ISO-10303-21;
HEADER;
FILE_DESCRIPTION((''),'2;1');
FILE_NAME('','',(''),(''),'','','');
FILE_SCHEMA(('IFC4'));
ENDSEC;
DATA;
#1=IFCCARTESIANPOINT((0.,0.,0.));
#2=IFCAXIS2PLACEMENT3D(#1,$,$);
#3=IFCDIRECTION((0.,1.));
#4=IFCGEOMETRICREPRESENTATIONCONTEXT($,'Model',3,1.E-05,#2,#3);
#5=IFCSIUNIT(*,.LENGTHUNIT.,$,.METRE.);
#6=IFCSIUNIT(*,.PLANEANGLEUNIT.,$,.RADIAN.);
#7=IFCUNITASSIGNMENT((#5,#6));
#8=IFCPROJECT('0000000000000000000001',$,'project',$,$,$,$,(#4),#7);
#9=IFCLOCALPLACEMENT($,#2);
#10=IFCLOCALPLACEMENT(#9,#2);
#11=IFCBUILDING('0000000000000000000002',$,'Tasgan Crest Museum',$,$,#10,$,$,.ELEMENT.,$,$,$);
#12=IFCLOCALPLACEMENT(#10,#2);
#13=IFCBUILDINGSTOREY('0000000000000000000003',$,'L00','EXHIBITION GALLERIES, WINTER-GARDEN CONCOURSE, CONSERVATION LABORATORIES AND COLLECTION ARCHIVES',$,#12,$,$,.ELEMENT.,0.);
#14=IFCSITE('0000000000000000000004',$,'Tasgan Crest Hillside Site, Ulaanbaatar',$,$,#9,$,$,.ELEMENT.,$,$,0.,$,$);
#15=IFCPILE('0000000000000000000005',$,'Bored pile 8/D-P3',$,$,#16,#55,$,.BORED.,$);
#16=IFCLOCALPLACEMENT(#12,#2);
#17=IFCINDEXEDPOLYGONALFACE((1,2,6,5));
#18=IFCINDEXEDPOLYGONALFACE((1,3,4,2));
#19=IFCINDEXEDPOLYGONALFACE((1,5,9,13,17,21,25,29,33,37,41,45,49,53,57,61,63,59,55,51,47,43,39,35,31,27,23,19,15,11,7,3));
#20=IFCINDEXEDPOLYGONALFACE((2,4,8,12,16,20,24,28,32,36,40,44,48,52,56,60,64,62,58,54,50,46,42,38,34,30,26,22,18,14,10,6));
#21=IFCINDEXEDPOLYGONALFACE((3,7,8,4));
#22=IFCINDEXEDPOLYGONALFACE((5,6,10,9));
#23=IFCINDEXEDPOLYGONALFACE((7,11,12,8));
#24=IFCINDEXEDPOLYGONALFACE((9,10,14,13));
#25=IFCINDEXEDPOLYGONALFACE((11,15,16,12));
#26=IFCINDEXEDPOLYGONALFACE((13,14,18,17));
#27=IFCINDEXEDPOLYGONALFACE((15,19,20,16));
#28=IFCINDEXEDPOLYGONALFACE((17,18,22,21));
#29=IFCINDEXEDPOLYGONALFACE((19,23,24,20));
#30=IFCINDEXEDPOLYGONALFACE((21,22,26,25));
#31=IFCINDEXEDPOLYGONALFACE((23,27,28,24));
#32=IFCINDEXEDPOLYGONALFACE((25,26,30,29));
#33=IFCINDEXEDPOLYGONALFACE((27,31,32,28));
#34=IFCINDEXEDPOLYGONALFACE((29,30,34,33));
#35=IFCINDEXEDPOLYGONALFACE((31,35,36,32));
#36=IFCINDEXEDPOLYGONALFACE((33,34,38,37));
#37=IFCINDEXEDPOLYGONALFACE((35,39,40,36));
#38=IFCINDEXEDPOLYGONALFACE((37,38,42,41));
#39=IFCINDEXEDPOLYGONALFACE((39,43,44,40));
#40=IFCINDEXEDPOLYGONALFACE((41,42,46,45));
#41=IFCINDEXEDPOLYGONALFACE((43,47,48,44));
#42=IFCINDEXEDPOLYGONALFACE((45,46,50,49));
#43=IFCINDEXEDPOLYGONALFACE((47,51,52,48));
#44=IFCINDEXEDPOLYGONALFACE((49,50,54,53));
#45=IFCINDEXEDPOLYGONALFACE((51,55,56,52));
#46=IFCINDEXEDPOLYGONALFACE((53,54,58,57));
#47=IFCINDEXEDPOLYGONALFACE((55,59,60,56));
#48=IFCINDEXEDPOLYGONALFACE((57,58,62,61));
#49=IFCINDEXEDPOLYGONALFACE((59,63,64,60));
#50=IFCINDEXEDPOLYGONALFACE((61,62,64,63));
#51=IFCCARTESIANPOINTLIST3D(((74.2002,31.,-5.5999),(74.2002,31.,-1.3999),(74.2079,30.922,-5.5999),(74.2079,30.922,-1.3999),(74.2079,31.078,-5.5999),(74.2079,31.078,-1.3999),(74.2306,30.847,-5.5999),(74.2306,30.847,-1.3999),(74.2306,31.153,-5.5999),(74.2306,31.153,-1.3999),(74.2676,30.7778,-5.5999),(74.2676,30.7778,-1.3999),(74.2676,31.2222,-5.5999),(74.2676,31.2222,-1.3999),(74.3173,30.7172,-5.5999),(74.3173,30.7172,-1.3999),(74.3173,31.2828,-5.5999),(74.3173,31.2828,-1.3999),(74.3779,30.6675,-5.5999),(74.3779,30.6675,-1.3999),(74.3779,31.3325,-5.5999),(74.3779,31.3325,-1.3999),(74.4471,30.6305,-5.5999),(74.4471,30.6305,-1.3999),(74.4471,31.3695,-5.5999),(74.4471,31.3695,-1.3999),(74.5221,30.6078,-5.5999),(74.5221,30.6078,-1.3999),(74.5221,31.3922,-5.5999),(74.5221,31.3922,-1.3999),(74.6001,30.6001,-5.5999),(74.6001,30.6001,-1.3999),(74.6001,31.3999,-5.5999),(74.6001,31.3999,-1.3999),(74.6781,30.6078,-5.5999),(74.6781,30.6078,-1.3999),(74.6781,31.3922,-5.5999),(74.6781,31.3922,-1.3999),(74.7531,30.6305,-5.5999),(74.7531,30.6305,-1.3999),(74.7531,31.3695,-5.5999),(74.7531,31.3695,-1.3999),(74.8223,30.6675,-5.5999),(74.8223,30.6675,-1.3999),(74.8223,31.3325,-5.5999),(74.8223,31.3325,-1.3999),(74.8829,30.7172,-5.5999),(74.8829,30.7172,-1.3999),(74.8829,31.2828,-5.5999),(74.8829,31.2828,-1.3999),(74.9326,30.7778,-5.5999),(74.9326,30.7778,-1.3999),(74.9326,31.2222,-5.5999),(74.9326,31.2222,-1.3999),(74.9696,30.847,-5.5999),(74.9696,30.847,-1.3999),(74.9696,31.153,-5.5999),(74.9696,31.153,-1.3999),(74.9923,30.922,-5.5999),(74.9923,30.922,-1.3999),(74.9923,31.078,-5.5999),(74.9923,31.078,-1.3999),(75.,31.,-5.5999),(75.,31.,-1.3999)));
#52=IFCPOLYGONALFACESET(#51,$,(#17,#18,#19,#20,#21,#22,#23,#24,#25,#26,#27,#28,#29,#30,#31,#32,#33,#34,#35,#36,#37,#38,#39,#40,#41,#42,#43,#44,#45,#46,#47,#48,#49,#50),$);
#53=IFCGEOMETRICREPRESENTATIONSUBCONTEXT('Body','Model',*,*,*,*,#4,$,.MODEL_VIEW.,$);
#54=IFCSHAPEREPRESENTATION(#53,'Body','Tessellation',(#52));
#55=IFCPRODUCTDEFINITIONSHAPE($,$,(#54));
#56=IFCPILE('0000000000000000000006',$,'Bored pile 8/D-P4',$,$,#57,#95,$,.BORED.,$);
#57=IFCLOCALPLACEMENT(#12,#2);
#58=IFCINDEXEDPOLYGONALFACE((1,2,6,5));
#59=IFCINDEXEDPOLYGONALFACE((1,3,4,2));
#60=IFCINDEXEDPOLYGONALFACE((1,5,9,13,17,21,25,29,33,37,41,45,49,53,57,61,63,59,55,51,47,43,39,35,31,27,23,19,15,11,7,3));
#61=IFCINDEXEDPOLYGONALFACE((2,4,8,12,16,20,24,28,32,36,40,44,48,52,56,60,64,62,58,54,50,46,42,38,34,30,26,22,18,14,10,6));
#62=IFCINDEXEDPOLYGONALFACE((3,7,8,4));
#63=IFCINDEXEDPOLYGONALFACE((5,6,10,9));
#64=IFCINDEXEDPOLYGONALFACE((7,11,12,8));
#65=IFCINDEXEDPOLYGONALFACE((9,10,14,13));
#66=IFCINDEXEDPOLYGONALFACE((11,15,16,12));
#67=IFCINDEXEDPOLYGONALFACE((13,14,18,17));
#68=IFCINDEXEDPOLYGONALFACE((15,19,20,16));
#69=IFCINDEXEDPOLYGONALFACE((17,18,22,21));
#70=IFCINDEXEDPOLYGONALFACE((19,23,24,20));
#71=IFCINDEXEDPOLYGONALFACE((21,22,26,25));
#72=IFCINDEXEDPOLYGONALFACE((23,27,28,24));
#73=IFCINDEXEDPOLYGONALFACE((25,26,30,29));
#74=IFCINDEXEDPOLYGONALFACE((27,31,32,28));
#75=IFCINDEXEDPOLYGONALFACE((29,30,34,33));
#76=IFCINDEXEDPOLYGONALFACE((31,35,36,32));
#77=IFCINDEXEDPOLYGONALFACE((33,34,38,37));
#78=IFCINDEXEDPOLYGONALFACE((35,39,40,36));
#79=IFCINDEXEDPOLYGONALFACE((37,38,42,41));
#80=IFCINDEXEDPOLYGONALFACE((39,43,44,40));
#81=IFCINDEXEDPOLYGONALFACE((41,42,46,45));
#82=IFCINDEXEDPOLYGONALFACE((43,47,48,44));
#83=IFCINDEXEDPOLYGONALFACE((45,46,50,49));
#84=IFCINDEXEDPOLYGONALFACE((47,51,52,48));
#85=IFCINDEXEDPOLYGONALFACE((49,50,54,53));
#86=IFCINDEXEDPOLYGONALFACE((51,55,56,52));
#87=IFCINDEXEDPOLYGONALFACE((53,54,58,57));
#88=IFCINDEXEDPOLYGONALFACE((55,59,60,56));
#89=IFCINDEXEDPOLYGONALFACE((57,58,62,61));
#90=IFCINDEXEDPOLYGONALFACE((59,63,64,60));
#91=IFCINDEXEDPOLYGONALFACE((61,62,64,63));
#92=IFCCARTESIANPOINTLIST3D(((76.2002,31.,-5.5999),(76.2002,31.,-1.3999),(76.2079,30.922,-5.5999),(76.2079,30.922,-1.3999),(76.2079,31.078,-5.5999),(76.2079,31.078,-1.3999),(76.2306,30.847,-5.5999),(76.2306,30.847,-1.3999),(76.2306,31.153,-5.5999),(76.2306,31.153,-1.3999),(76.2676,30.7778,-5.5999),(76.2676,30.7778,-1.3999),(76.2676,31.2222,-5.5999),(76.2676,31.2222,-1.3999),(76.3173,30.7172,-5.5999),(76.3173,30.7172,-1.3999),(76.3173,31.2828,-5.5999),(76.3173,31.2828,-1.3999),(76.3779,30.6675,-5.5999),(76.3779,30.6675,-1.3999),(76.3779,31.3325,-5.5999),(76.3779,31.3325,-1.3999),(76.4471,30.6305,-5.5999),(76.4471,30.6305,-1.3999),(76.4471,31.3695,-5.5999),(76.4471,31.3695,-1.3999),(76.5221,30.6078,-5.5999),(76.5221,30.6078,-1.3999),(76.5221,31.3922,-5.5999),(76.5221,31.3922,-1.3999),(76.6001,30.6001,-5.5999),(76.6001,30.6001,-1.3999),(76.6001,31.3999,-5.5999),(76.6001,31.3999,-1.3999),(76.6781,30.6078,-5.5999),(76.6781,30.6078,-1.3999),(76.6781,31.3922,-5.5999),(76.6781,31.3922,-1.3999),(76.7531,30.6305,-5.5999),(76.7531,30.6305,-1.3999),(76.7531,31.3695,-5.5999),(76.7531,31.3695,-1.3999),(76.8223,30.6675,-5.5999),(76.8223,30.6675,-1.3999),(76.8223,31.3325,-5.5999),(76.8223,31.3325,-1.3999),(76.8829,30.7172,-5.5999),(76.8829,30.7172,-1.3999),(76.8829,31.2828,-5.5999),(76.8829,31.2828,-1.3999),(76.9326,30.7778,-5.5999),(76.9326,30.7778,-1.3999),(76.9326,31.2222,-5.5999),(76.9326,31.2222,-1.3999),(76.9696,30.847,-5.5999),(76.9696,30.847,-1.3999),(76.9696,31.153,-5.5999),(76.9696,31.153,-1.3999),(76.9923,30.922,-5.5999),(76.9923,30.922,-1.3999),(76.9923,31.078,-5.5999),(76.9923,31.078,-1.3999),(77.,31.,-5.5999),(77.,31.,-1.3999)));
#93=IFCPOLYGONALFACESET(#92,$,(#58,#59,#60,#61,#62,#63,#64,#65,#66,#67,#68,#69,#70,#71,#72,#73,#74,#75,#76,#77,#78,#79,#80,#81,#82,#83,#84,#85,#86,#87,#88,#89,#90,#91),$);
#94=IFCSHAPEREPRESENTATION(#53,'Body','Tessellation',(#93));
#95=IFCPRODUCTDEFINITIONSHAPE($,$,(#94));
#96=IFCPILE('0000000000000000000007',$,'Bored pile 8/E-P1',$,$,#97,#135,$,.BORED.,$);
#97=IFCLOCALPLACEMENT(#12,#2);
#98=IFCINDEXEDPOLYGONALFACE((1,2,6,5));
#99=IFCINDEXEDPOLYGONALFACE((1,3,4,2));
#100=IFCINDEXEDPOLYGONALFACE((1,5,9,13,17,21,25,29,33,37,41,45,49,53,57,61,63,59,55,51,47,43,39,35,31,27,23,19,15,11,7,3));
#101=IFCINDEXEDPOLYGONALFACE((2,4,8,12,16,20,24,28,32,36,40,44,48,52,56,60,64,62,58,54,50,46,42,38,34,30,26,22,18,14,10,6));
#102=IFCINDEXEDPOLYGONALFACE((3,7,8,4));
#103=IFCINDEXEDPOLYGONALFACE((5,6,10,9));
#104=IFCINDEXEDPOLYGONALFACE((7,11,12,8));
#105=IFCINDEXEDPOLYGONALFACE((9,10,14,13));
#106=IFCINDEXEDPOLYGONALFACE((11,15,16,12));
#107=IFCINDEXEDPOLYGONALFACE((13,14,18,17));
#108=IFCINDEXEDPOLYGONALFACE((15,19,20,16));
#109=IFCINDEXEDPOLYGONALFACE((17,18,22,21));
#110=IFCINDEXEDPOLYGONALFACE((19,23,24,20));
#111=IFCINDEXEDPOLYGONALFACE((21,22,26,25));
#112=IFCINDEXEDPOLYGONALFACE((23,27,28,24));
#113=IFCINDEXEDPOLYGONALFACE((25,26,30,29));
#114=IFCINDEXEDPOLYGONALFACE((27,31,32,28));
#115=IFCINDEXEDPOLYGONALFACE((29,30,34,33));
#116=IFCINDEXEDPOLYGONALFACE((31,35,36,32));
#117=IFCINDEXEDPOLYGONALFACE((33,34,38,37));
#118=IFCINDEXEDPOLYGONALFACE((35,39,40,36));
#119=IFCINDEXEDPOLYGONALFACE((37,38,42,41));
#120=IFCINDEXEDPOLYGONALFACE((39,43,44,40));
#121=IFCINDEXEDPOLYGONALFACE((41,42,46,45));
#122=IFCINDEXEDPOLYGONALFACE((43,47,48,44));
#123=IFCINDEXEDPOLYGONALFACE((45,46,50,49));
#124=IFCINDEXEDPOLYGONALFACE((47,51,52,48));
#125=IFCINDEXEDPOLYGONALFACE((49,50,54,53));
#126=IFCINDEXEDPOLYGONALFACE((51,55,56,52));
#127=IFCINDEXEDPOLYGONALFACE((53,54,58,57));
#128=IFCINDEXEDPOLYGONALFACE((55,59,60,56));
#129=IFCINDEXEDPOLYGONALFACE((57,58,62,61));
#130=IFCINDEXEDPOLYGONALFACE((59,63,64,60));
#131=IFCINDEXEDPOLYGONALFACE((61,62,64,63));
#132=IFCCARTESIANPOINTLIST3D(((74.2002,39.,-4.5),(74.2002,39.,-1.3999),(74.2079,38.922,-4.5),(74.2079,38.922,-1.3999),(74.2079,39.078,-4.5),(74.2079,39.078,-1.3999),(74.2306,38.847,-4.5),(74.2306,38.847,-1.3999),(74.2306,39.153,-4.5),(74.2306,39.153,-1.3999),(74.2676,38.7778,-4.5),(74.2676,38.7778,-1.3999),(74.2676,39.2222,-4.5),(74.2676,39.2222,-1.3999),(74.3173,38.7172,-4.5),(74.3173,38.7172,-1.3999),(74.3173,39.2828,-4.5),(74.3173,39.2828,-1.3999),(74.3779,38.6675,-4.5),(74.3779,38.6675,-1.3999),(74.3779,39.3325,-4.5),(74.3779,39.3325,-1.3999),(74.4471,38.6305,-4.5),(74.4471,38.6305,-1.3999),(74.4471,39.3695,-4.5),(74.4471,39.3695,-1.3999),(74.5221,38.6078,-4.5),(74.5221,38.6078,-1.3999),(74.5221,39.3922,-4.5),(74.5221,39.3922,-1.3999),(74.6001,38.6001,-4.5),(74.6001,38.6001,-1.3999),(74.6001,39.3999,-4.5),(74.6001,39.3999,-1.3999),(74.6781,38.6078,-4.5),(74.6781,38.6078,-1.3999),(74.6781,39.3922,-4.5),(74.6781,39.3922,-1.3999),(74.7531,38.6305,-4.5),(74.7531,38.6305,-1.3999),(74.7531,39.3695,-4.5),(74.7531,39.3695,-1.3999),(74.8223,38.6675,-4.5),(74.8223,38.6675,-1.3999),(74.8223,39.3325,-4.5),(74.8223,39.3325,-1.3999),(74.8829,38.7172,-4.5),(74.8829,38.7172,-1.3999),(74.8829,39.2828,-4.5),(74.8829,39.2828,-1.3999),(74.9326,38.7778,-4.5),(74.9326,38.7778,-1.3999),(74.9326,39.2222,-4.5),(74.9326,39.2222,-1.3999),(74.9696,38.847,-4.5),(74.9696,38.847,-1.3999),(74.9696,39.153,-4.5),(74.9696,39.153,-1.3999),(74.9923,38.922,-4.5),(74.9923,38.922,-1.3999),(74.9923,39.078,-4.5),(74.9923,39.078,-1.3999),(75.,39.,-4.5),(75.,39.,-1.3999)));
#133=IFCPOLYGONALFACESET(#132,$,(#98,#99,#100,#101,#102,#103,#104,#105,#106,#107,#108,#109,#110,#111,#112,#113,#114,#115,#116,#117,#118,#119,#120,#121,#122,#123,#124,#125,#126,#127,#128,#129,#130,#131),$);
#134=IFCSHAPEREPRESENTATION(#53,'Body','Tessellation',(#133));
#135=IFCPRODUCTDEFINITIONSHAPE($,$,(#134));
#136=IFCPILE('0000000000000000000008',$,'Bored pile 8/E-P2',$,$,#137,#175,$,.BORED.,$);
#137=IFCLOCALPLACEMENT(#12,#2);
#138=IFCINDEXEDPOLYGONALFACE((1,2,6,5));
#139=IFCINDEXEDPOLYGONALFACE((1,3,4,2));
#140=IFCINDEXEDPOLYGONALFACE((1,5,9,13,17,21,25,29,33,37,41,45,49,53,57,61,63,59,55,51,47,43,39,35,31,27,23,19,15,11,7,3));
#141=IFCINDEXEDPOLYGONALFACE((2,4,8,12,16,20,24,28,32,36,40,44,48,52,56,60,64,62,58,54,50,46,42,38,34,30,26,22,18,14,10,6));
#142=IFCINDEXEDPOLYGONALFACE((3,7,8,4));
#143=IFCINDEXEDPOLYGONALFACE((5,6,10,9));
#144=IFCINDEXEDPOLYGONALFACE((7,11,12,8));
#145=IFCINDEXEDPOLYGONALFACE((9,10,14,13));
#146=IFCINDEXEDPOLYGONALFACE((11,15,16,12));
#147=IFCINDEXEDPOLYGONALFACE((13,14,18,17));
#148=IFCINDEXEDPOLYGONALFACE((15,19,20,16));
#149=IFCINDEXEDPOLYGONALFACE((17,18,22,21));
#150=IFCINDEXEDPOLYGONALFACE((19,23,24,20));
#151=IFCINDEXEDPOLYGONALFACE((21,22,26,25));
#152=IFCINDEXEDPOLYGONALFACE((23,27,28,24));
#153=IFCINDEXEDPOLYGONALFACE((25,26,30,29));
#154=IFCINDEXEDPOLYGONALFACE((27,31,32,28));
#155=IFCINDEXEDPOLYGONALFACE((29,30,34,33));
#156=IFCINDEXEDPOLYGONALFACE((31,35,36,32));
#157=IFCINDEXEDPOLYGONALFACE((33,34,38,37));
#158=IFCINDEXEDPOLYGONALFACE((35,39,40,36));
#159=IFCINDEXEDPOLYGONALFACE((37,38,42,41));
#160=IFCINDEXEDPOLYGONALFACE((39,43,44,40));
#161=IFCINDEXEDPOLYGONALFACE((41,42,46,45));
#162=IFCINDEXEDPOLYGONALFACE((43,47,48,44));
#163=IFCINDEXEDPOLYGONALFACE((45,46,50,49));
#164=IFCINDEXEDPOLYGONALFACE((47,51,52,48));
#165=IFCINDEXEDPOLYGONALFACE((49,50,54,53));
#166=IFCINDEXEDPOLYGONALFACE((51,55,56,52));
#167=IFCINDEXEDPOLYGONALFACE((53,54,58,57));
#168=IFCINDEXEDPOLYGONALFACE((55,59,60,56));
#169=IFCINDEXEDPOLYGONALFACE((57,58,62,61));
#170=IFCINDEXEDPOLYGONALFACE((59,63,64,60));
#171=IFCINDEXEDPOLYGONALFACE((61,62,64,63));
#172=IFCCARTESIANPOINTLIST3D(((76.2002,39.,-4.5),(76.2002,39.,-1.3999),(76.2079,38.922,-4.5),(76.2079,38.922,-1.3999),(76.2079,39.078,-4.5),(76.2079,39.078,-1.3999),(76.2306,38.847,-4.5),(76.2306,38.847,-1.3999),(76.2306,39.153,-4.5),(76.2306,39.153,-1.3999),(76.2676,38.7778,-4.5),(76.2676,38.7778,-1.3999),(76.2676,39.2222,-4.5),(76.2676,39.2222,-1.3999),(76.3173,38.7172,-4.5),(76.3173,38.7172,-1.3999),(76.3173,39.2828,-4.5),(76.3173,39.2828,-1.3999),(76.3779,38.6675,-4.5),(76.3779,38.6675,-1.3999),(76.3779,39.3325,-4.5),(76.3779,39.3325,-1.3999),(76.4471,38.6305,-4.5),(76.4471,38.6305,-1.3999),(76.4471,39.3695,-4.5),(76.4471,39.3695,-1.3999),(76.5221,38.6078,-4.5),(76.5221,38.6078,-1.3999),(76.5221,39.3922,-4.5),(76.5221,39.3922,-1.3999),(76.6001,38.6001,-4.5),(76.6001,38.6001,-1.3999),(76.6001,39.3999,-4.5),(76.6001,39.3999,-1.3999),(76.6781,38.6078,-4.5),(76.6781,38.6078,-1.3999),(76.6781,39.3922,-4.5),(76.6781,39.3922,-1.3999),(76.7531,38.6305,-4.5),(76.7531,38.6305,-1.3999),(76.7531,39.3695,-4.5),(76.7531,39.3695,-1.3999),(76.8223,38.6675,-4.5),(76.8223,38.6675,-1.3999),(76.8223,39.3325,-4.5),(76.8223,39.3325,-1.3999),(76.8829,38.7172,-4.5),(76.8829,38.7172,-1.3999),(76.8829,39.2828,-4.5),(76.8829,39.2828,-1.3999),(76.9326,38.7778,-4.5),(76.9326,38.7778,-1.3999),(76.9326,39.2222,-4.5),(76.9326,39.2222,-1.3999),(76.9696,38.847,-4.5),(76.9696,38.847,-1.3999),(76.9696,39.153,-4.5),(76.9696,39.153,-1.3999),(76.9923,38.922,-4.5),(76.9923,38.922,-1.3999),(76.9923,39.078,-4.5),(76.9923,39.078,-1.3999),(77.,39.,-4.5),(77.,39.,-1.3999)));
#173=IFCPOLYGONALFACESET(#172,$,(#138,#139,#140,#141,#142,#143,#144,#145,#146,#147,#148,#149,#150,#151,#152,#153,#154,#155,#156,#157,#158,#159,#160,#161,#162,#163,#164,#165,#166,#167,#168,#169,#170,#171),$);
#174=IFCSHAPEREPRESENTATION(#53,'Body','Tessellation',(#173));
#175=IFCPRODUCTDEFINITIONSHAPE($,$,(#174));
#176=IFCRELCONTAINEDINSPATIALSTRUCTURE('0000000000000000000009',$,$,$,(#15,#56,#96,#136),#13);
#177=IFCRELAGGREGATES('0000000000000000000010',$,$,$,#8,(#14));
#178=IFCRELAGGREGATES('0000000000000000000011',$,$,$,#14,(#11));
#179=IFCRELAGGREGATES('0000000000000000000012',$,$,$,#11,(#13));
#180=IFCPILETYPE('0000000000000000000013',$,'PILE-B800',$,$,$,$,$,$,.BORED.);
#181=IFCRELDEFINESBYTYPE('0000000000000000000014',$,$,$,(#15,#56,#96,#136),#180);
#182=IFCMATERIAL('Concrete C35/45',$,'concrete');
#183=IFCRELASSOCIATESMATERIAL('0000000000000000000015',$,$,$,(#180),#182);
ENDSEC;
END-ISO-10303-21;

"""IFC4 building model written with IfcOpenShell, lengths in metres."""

from ifc_helpers import new_model, si_unit, direction, frame, origin, origin_2d, place, context, subcontext, project, spatial, circle, extrude, material, material_profile, profile_set, type_object, element, save


model = new_model("IFC4")

# Units and contexts
model_context = context("Model", 3, precision=1e-05, world=origin(), true_north=direction((0.0, 1.0)))
body_context = subcontext(model_context, "Body", "Model", "MODEL_VIEW")
ifc_project = project(units=[si_unit("LENGTHUNIT", "METRE"), si_unit("PLANEANGLEUNIT", "RADIAN")], contexts=[model_context])

# Site, building, storey
site_placement = place(None, origin())
site = spatial("IfcSite", under=ifc_project, at=site_placement, Name="Tasgan Crest Hillside Site, Ulaanbaatar", CompositionType="ELEMENT", RefElevation=0.0)
building_placement = place(site_placement, origin())
building = spatial("IfcBuilding", under=site, at=building_placement, Name="Tasgan Crest Museum", CompositionType="ELEMENT")
storey_placement = place(building_placement, origin())
storey = spatial("IfcBuildingStorey", under=building, at=storey_placement, Name="L00", Description="EXHIBITION GALLERIES, WINTER-GARDEN CONCOURSE, CONSERVATION LABORATORIES AND COLLECTION ARCHIVES", CompositionType="ELEMENT", Elevation=0.0)

# Piles
ifc_material_1 = material(Name="Concrete C35/45", Category="concrete")
ifc_material_profile_1 = material_profile(ifc_material_1, circle(Radius=0.3999, at=origin_2d()), Name="PILE D800")
ifc_profile_set_1 = profile_set([ifc_material_profile_1], Name="Concrete C35/45")
pile_type_1 = type_object("IfcPileType", Name="PILE-B800", PredefinedType="BORED", material=ifc_profile_set_1)
for number, where, z_axis, x_axis, name in (
    (1, (74.6001, 31.0, -1.3999), (0.0, 0.0, -1.0), (1.0, 0.0, 0.0), "Bored pile 8/D-P3"),
    (2, (76.6001, 31.0, -1.3999), (0.0, 0.0, -1.0), (1.0, 0.0, 0.0), "Bored pile 8/D-P4"),
):
    element("IfcPile", number, at=place(storey_placement, frame(where, z_axis=z_axis, x_axis=x_axis)), inside=storey, type_object=pile_type_1, Name=name, PredefinedType="BORED", context=body_context, shape_type="SweptSolid", body=[
        extrude(circle(Radius=0.3999, at=origin_2d()), origin(), (0.0, 0.0, 1.0), 4.2),
    ])
for number, where, z_axis, x_axis, name in (
    (3, (74.6001, 39.0, -1.3999), (0.0, 0.0, -1.0), (1.0, 0.0, 0.0), "Bored pile 8/E-P1"),
    (4, (76.6001, 39.0, -1.3999), (0.0, 0.0, -1.0), (1.0, 0.0, 0.0), "Bored pile 8/E-P2"),
):
    element("IfcPile", number, at=place(storey_placement, frame(where, z_axis=z_axis, x_axis=x_axis)), inside=storey, type_object=pile_type_1, Name=name, PredefinedType="BORED", context=body_context, shape_type="SweptSolid", body=[
        extrude(circle(Radius=0.3999, at=origin_2d()), origin(), (0.0, 0.0, 1.0), 3.1001),
    ])

save(model, "model.ifc")
